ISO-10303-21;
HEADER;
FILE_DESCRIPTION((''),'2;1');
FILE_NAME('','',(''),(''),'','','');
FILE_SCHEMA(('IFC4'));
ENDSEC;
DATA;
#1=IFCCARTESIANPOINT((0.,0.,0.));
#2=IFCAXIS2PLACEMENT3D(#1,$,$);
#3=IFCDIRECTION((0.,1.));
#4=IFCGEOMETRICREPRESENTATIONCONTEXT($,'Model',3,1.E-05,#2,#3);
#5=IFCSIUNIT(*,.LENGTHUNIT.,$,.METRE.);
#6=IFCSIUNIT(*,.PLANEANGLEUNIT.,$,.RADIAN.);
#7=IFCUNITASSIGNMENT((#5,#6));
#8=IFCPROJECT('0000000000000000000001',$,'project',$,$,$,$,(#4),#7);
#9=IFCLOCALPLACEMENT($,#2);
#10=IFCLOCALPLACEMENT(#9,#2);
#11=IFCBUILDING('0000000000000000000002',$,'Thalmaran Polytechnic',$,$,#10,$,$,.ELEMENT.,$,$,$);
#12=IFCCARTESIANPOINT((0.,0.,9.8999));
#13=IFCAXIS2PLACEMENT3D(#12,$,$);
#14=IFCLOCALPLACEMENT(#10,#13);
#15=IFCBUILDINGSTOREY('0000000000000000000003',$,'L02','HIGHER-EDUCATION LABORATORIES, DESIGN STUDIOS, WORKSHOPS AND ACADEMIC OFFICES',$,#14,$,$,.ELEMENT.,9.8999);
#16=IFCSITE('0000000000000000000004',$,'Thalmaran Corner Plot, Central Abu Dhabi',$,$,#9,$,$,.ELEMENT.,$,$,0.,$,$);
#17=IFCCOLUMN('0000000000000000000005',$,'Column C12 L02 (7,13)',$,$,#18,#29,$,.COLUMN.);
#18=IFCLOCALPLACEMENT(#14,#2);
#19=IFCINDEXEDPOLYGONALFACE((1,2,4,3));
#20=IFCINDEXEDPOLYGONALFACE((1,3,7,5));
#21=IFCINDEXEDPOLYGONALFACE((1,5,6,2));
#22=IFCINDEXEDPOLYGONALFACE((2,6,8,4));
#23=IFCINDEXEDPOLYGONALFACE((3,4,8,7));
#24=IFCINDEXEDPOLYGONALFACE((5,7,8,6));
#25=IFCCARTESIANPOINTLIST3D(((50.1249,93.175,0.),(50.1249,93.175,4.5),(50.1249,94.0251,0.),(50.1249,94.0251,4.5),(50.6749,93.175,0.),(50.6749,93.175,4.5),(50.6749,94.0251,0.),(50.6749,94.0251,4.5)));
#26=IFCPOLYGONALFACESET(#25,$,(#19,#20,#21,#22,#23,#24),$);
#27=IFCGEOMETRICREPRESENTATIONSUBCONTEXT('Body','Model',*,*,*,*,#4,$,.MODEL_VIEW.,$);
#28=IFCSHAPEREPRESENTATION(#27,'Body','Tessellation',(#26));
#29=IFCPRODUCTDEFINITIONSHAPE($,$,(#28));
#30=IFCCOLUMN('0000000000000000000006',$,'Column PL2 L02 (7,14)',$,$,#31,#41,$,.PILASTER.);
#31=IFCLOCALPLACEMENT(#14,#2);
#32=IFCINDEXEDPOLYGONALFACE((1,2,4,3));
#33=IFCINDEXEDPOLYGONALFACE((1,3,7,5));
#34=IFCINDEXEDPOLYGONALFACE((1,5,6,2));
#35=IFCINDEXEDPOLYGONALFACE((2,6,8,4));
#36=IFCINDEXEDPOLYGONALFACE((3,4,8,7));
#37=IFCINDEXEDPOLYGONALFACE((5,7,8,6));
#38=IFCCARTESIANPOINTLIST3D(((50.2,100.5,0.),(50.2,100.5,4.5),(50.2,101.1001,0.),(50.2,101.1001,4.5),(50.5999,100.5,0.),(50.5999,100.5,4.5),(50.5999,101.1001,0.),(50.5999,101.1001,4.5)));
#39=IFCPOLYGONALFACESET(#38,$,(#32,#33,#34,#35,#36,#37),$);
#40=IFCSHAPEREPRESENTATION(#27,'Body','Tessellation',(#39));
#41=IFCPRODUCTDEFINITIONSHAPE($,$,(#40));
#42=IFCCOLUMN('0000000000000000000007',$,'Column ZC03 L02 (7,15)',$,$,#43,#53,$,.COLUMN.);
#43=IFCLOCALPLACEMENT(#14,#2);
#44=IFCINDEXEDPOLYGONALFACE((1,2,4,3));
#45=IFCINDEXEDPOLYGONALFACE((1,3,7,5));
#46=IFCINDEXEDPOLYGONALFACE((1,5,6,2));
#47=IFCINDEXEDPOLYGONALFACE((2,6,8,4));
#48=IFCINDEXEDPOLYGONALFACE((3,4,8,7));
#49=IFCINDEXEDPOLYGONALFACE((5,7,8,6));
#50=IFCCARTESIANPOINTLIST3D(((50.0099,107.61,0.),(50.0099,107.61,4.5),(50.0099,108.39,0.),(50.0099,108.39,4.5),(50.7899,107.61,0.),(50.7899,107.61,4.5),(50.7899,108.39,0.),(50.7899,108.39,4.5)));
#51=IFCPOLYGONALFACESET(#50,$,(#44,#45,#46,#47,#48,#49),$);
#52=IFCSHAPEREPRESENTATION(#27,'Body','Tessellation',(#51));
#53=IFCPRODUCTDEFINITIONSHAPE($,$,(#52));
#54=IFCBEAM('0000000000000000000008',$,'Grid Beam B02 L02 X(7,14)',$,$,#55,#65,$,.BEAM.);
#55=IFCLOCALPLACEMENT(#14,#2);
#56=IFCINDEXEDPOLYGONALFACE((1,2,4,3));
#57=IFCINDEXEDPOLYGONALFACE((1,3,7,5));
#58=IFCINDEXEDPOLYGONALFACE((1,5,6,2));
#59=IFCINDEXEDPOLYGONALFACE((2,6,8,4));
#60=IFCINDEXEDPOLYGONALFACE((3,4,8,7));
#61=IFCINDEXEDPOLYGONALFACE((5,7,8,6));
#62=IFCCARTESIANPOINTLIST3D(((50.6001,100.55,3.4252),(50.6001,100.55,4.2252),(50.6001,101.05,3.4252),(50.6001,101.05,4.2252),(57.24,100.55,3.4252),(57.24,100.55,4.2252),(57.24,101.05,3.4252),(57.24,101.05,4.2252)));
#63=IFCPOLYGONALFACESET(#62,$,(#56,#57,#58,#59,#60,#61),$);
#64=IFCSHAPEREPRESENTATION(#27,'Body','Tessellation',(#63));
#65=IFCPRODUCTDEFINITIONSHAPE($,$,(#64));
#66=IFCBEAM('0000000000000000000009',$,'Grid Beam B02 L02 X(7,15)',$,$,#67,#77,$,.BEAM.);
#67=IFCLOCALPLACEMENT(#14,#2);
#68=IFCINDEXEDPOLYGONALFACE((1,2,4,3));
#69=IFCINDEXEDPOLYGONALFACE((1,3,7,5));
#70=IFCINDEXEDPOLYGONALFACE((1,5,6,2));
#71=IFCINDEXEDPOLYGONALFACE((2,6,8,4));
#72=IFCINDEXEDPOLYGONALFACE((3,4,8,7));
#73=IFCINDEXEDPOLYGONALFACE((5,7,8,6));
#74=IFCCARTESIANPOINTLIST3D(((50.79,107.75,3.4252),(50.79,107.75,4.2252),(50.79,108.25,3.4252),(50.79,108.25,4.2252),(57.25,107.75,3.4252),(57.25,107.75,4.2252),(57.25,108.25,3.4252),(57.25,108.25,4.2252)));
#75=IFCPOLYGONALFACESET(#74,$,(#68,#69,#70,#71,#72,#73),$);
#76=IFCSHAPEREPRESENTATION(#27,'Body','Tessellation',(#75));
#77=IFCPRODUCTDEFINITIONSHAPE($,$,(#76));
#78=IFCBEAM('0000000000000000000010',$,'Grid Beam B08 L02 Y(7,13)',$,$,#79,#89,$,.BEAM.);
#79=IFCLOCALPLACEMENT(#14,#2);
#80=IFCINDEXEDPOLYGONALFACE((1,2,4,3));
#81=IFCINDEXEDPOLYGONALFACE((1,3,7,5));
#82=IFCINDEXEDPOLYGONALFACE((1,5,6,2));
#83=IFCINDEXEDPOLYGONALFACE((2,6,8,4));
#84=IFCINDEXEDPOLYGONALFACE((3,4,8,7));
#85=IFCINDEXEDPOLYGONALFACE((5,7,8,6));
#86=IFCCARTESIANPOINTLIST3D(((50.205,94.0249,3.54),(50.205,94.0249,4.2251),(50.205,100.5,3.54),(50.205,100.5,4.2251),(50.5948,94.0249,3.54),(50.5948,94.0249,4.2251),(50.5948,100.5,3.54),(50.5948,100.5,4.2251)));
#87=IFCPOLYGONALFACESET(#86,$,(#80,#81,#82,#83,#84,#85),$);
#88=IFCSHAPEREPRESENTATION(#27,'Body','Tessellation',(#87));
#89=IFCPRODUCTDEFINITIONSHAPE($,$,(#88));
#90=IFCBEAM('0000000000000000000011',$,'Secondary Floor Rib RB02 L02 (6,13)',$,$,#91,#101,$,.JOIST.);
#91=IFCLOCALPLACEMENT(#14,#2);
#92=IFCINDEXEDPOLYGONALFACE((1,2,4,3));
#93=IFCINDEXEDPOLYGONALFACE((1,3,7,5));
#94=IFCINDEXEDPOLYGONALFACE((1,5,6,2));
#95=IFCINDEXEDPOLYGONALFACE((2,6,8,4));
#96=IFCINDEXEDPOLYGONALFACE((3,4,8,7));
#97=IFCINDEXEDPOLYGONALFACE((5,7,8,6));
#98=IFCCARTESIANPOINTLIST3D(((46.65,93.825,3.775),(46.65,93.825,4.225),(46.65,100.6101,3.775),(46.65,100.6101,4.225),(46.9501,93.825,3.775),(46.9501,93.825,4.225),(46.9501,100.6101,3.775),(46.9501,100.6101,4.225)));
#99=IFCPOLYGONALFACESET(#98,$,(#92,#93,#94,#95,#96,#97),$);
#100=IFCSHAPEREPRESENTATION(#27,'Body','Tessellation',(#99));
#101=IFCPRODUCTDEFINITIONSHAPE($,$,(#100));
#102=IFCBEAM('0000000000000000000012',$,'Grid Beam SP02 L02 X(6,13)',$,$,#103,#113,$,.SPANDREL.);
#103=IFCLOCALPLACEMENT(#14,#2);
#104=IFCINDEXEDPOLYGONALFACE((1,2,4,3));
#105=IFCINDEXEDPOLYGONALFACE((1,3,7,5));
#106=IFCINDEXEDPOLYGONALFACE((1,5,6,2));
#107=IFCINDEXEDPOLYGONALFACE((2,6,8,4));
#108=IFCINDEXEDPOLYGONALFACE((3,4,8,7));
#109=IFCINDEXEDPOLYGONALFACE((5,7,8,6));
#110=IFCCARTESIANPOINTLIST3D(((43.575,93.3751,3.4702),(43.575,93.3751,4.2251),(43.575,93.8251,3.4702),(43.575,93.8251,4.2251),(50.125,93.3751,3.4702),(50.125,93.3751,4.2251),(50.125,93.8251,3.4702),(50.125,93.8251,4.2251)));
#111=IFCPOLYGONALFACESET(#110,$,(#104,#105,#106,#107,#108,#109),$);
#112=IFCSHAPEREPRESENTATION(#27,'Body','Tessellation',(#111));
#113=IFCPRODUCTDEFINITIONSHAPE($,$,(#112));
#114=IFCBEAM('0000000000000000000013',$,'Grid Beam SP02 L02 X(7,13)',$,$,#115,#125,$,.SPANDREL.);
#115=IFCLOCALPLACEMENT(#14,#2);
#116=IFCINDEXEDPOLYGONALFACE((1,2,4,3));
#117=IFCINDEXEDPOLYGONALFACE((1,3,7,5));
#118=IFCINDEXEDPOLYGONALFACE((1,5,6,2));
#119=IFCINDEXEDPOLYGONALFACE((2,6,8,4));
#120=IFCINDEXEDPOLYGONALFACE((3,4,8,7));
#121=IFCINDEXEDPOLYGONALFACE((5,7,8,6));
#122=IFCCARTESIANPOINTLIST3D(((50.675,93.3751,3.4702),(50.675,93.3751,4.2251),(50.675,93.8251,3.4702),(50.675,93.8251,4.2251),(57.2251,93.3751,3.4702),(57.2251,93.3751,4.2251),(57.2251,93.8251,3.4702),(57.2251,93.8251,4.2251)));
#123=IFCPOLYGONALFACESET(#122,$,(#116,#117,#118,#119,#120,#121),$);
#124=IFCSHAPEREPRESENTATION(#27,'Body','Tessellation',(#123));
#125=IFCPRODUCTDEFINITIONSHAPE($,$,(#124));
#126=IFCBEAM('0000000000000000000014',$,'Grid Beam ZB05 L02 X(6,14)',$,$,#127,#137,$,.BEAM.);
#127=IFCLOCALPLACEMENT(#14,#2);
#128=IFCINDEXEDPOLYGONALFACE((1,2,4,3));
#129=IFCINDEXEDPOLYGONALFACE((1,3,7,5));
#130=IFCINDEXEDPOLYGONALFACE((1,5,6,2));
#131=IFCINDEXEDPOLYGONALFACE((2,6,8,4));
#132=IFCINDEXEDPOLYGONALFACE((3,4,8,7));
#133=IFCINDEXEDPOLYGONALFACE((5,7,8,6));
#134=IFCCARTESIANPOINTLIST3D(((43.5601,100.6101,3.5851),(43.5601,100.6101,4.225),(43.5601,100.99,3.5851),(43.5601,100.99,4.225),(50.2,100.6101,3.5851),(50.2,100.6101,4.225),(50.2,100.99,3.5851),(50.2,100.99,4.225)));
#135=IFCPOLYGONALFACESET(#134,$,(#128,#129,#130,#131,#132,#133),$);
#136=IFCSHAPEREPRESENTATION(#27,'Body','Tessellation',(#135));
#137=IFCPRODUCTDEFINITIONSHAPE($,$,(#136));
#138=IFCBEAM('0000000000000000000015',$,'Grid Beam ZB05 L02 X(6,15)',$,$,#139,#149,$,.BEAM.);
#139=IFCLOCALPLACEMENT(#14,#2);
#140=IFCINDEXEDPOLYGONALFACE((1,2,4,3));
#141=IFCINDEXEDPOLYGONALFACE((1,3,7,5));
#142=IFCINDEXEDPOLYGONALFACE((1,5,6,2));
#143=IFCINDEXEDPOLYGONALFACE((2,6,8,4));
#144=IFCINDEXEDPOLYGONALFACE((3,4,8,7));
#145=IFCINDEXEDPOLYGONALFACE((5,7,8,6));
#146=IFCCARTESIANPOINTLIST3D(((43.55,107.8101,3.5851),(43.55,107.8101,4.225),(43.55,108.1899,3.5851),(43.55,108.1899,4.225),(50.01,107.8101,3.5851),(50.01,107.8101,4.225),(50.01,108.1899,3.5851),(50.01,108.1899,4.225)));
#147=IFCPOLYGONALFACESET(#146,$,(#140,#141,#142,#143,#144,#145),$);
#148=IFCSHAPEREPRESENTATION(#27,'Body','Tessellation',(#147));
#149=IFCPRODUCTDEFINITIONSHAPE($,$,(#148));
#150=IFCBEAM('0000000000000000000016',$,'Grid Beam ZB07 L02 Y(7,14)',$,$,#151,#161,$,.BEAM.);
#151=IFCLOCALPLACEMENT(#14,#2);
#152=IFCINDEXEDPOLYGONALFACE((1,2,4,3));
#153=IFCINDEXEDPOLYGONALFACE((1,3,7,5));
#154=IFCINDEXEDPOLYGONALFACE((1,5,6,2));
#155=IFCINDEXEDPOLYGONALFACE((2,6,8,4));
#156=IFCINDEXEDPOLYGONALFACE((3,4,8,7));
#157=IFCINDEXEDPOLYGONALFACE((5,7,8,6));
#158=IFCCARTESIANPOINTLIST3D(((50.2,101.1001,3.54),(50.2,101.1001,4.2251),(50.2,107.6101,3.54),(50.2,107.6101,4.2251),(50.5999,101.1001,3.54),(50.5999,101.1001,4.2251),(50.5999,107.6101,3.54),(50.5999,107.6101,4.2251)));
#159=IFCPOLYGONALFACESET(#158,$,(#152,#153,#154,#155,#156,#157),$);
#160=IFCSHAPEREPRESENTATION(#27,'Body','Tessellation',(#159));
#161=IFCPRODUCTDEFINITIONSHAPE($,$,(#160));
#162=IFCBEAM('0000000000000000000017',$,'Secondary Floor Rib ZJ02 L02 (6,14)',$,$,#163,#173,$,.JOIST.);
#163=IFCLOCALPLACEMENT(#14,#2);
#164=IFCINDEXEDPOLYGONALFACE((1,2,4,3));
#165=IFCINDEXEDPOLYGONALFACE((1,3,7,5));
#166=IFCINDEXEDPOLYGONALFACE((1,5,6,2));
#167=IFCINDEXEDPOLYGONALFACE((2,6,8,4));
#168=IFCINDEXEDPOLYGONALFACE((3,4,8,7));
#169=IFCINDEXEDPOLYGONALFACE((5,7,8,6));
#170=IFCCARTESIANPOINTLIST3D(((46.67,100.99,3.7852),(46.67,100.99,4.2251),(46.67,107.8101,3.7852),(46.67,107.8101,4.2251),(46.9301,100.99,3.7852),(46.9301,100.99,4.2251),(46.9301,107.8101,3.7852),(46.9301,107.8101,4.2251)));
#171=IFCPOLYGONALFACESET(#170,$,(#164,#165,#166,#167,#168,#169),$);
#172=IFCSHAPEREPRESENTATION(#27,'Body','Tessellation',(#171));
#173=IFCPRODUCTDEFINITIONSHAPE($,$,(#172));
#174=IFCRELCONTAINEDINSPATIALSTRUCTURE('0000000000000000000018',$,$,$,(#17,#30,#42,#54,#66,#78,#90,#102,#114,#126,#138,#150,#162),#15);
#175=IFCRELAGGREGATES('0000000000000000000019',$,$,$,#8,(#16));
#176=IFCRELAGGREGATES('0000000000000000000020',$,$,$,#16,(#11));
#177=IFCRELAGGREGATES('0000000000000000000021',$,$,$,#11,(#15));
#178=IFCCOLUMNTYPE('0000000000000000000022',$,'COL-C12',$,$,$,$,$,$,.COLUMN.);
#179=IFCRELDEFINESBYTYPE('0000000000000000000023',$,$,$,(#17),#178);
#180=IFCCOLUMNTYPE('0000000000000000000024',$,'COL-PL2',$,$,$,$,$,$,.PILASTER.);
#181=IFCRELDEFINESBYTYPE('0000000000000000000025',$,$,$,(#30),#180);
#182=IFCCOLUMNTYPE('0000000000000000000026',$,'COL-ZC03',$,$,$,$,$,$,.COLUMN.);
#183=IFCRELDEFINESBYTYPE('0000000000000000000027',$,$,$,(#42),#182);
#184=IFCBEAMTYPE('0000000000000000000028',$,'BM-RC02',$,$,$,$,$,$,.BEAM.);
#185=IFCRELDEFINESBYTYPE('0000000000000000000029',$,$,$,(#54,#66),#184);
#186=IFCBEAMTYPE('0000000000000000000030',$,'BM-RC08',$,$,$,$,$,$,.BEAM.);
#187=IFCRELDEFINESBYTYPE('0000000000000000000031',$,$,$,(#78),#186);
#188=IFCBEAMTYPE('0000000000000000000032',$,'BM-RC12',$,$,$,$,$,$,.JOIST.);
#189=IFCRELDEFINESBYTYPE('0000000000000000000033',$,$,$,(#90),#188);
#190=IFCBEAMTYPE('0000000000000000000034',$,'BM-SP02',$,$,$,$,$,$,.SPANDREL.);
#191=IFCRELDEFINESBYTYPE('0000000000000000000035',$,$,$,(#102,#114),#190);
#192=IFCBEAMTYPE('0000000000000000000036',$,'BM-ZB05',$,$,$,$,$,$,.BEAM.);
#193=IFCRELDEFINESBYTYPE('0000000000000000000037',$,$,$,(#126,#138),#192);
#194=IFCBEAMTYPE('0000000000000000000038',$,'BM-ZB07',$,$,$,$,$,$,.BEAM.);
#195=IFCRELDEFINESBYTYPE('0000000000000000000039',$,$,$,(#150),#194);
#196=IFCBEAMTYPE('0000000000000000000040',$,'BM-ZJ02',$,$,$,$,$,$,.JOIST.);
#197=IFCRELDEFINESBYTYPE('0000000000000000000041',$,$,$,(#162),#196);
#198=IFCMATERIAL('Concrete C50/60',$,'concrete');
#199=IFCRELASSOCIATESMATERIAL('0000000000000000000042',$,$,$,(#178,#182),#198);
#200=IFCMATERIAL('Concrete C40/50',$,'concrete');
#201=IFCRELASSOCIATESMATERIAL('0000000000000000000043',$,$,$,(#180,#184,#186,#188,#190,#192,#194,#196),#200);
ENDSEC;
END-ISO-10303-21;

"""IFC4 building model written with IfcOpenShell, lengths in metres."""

from ifc_helpers import new_model, si_unit, direction, frame, origin, origin_2d, place, context, subcontext, project, spatial, rectangle, extrude, material, material_profile, profile_set, type_object, element, save


model = new_model("IFC4")

# Units and contexts
model_context = context("Model", 3, precision=1e-05, world=origin(), true_north=direction((0.0, 1.0)))
body_context = subcontext(model_context, "Body", "Model", "MODEL_VIEW")
ifc_project = project(units=[si_unit("LENGTHUNIT", "METRE"), si_unit("PLANEANGLEUNIT", "RADIAN")], contexts=[model_context])

# Site, building, storey
site_placement = place(None, origin())
site = spatial("IfcSite", under=ifc_project, at=site_placement, Name="Thalmaran Corner Plot, Central Abu Dhabi", CompositionType="ELEMENT", RefElevation=0.0)
building_placement = place(site_placement, origin())
building = spatial("IfcBuilding", under=site, at=building_placement, Name="Thalmaran Polytechnic", CompositionType="ELEMENT")
storey_placement = place(building_placement, frame((0.0, 0.0, 9.8999)))
storey = spatial("IfcBuildingStorey", under=building, at=storey_placement, Name="L02", Description="HIGHER-EDUCATION LABORATORIES, DESIGN STUDIOS, WORKSHOPS AND ACADEMIC OFFICES", CompositionType="ELEMENT", Elevation=9.8999)

# Columns
ifc_material_1 = material(Name="Concrete C50/60", Category="concrete")
ifc_material_profile_1 = material_profile(ifc_material_1, rectangle(XDim=0.55, YDim=0.8501, at=origin_2d()), Name="RC 550x850")
ifc_profile_set_1 = profile_set([ifc_material_profile_1], Name="Concrete C50/60")
column_type_1 = type_object("IfcColumnType", Name="COL-C12", PredefinedType="COLUMN", material=ifc_profile_set_1)
column_1_placement = place(storey_placement, frame((50.3999, 93.6001, 0.0), z_axis=(0.0, 0.0, 1.0), x_axis=(1.0, 0.0, 0.0)))
element("IfcColumn", 1, at=column_1_placement, inside=storey, type_object=column_type_1, Name="Column C12 L02 (7,13)", PredefinedType="COLUMN", context=body_context, shape_type="SweptSolid", body=[
    extrude(rectangle(XDim=0.55, YDim=0.8501, at=origin_2d()), origin(), (0.0, 0.0, 1.0), 4.5),
])
ifc_material_2 = material(Name="Concrete C40/50", Category="concrete")
ifc_material_profile_2 = material_profile(ifc_material_2, rectangle(XDim=0.3999, YDim=0.6001, at=origin_2d()), Name="RC 400x600")
ifc_profile_set_2 = profile_set([ifc_material_profile_2], Name="Concrete C40/50")
column_type_2 = type_object("IfcColumnType", Name="COL-PL2", PredefinedType="PILASTER", material=ifc_profile_set_2)
column_2_placement = place(storey_placement, frame((50.3999, 100.8, 0.0), z_axis=(0.0, 0.0, 1.0), x_axis=(1.0, 0.0, 0.0)))
element("IfcColumn", 2, at=column_2_placement, inside=storey, type_object=column_type_2, Name="Column PL2 L02 (7,14)", PredefinedType="PILASTER", context=body_context, shape_type="SweptSolid", body=[
    extrude(rectangle(XDim=0.3999, YDim=0.6001, at=origin_2d()), origin(), (0.0, 0.0, 1.0), 4.5),
])
ifc_material_profile_3 = material_profile(ifc_material_1, rectangle(XDim=0.78, YDim=0.78, at=origin_2d()), Name="RC 780x780")
ifc_profile_set_3 = profile_set([ifc_material_profile_3], Name="Concrete C50/60")
column_type_3 = type_object("IfcColumnType", Name="COL-ZC03", PredefinedType="COLUMN", material=ifc_profile_set_3)
column_3_placement = place(storey_placement, frame((50.3999, 108.0, 0.0), z_axis=(0.0, 0.0, 1.0), x_axis=(1.0, 0.0, 0.0)))
element("IfcColumn", 3, at=column_3_placement, inside=storey, type_object=column_type_3, Name="Column ZC03 L02 (7,15)", PredefinedType="COLUMN", context=body_context, shape_type="SweptSolid", body=[
    extrude(rectangle(XDim=0.78, YDim=0.78, at=origin_2d()), origin(), (0.0, 0.0, 1.0), 4.5),
])

# Beams
ifc_material_profile_4 = material_profile(ifc_material_2, rectangle(XDim=0.5, YDim=0.8, at=origin_2d()), Name="RC 500x800")
ifc_profile_set_4 = profile_set([ifc_material_profile_4], Name="Concrete C40/50")
beam_type_1 = type_object("IfcBeamType", Name="BM-RC02", PredefinedType="BEAM", material=ifc_profile_set_4)
beam_1_placement = place(storey_placement, frame((50.6001, 100.8, 3.8252), z_axis=(1.0, 0.0, 0.0), x_axis=(0.0, 1.0, 0.0)))
element("IfcBeam", 4, at=beam_1_placement, inside=storey, type_object=beam_type_1, Name="Grid Beam B02 L02 X(7,14)", PredefinedType="BEAM", context=body_context, shape_type="SweptSolid", body=[
    extrude(rectangle(XDim=0.5, YDim=0.8, at=origin_2d()), origin(), (0.0, 0.0, 1.0), 6.6399),
])
beam_2_placement = place(storey_placement, frame((50.79, 108.0, 3.8252), z_axis=(1.0, 0.0, 0.0), x_axis=(0.0, 1.0, 0.0)))
element("IfcBeam", 5, at=beam_2_placement, inside=storey, type_object=beam_type_1, Name="Grid Beam B02 L02 X(7,15)", PredefinedType="BEAM", context=body_context, shape_type="SweptSolid", body=[
    extrude(rectangle(XDim=0.5, YDim=0.8, at=origin_2d()), origin(), (0.0, 0.0, 1.0), 6.46),
])
ifc_material_profile_5 = material_profile(ifc_material_2, rectangle(XDim=0.3899, YDim=0.6851, at=origin_2d()), Name="RC 390x685")
ifc_profile_set_5 = profile_set([ifc_material_profile_5], Name="Concrete C40/50")
beam_type_2 = type_object("IfcBeamType", Name="BM-RC08", PredefinedType="BEAM", material=ifc_profile_set_5)
beam_3_placement = place(storey_placement, frame((50.3999, 94.0249, 3.8826), z_axis=(0.0, 1.0, 0.0), x_axis=(-1.0, 0.0, 0.0)))
element("IfcBeam", 6, at=beam_3_placement, inside=storey, type_object=beam_type_2, Name="Grid Beam B08 L02 Y(7,13)", PredefinedType="BEAM", context=body_context, shape_type="SweptSolid", body=[
    extrude(rectangle(XDim=0.3899, YDim=0.6851, at=origin_2d()), origin(), (0.0, 0.0, 1.0), 6.4751),
])
ifc_material_profile_6 = material_profile(ifc_material_2, rectangle(XDim=0.3, YDim=0.45, at=origin_2d()), Name="RC 300x450")
ifc_profile_set_6 = profile_set([ifc_material_profile_6], Name="Concrete C40/50")
beam_type_3 = type_object("IfcBeamType", Name="BM-RC12", PredefinedType="JOIST", material=ifc_profile_set_6)
beam_4_placement = place(storey_placement, frame((46.8, 93.825, 4.0), z_axis=(0.0, 1.0, 0.0), x_axis=(-1.0, 0.0, 0.0)))
element("IfcBeam", 7, at=beam_4_placement, inside=storey, type_object=beam_type_3, Name="Secondary Floor Rib RB02 L02 (6,13)", PredefinedType="JOIST", context=body_context, shape_type="SweptSolid", body=[
    extrude(rectangle(XDim=0.3, YDim=0.45, at=origin_2d()), origin(), (0.0, 0.0, 1.0), 6.7852),
])
ifc_material_profile_7 = material_profile(ifc_material_2, rectangle(XDim=0.45, YDim=0.7549, at=origin_2d()), Name="RC 450x755")
ifc_profile_set_7 = profile_set([ifc_material_profile_7], Name="Concrete C40/50")
beam_type_4 = type_object("IfcBeamType", Name="BM-SP02", PredefinedType="SPANDREL", material=ifc_profile_set_7)
for number, where, z_axis, x_axis, name in (
    (8, (43.575, 93.6001, 3.8477), (1.0, 0.0, 0.0), (0.0, 1.0, 0.0), "Grid Beam SP02 L02 X(6,13)"),
    (9, (50.675, 93.6001, 3.8477), (1.0, 0.0, 0.0), (0.0, 1.0, 0.0), "Grid Beam SP02 L02 X(7,13)"),
):
    element("IfcBeam", number, at=place(storey_placement, frame(where, z_axis=z_axis, x_axis=x_axis)), inside=storey, type_object=beam_type_4, Name=name, PredefinedType="SPANDREL", context=body_context, shape_type="SweptSolid", body=[
        extrude(rectangle(XDim=0.45, YDim=0.7549, at=origin_2d()), origin(), (0.0, 0.0, 1.0), 6.55),
    ])
ifc_material_profile_8 = material_profile(ifc_material_2, rectangle(XDim=0.3799, YDim=0.6399, at=origin_2d()), Name="RC 380x640")
ifc_profile_set_8 = profile_set([ifc_material_profile_8], Name="Concrete C40/50")
beam_type_5 = type_object("IfcBeamType", Name="BM-ZB05", PredefinedType="BEAM", material=ifc_profile_set_8)
beam_5_placement = place(storey_placement, frame((43.5601, 100.8, 3.905), z_axis=(1.0, 0.0, 0.0), x_axis=(0.0, 1.0, 0.0)))
element("IfcBeam", 10, at=beam_5_placement, inside=storey, type_object=beam_type_5, Name="Grid Beam ZB05 L02 X(6,14)", PredefinedType="BEAM", context=body_context, shape_type="SweptSolid", body=[
    extrude(rectangle(XDim=0.3799, YDim=0.6399, at=origin_2d()), origin(), (0.0, 0.0, 1.0), 6.6399),
])
beam_6_placement = place(storey_placement, frame((43.55, 108.0, 3.905), z_axis=(1.0, 0.0, 0.0), x_axis=(0.0, 1.0, 0.0)))
element("IfcBeam", 11, at=beam_6_placement, inside=storey, type_object=beam_type_5, Name="Grid Beam ZB05 L02 X(6,15)", PredefinedType="BEAM", context=body_context, shape_type="SweptSolid", body=[
    extrude(rectangle(XDim=0.3799, YDim=0.6399, at=origin_2d()), origin(), (0.0, 0.0, 1.0), 6.46),
])
ifc_material_profile_9 = material_profile(ifc_material_2, rectangle(XDim=0.3999, YDim=0.6851, at=origin_2d()), Name="RC 400x685")
ifc_profile_set_9 = profile_set([ifc_material_profile_9], Name="Concrete C40/50")
beam_type_6 = type_object("IfcBeamType", Name="BM-ZB07", PredefinedType="BEAM", material=ifc_profile_set_9)
beam_7_placement = place(storey_placement, frame((50.3999, 101.1001, 3.8826), z_axis=(0.0, 1.0, 0.0), x_axis=(-1.0, 0.0, 0.0)))
element("IfcBeam", 12, at=beam_7_placement, inside=storey, type_object=beam_type_6, Name="Grid Beam ZB07 L02 Y(7,14)", PredefinedType="BEAM", context=body_context, shape_type="SweptSolid", body=[
    extrude(rectangle(XDim=0.3999, YDim=0.6851, at=origin_2d()), origin(), (0.0, 0.0, 1.0), 6.51),
])
ifc_material_profile_10 = material_profile(ifc_material_2, rectangle(XDim=0.26, YDim=0.4399, at=origin_2d()), Name="RC 260x440")
ifc_profile_set_10 = profile_set([ifc_material_profile_10], Name="Concrete C40/50")
beam_type_7 = type_object("IfcBeamType", Name="BM-ZJ02", PredefinedType="JOIST", material=ifc_profile_set_10)
beam_8_placement = place(storey_placement, frame((46.8, 100.99, 4.0051), z_axis=(0.0, 1.0, 0.0), x_axis=(-1.0, 0.0, 0.0)))
element("IfcBeam", 13, at=beam_8_placement, inside=storey, type_object=beam_type_7, Name="Secondary Floor Rib ZJ02 L02 (6,14)", PredefinedType="JOIST", context=body_context, shape_type="SweptSolid", body=[
    extrude(rectangle(XDim=0.26, YDim=0.4399, at=origin_2d()), origin(), (0.0, 0.0, 1.0), 6.8201),
])

save(model, "model.ifc")
